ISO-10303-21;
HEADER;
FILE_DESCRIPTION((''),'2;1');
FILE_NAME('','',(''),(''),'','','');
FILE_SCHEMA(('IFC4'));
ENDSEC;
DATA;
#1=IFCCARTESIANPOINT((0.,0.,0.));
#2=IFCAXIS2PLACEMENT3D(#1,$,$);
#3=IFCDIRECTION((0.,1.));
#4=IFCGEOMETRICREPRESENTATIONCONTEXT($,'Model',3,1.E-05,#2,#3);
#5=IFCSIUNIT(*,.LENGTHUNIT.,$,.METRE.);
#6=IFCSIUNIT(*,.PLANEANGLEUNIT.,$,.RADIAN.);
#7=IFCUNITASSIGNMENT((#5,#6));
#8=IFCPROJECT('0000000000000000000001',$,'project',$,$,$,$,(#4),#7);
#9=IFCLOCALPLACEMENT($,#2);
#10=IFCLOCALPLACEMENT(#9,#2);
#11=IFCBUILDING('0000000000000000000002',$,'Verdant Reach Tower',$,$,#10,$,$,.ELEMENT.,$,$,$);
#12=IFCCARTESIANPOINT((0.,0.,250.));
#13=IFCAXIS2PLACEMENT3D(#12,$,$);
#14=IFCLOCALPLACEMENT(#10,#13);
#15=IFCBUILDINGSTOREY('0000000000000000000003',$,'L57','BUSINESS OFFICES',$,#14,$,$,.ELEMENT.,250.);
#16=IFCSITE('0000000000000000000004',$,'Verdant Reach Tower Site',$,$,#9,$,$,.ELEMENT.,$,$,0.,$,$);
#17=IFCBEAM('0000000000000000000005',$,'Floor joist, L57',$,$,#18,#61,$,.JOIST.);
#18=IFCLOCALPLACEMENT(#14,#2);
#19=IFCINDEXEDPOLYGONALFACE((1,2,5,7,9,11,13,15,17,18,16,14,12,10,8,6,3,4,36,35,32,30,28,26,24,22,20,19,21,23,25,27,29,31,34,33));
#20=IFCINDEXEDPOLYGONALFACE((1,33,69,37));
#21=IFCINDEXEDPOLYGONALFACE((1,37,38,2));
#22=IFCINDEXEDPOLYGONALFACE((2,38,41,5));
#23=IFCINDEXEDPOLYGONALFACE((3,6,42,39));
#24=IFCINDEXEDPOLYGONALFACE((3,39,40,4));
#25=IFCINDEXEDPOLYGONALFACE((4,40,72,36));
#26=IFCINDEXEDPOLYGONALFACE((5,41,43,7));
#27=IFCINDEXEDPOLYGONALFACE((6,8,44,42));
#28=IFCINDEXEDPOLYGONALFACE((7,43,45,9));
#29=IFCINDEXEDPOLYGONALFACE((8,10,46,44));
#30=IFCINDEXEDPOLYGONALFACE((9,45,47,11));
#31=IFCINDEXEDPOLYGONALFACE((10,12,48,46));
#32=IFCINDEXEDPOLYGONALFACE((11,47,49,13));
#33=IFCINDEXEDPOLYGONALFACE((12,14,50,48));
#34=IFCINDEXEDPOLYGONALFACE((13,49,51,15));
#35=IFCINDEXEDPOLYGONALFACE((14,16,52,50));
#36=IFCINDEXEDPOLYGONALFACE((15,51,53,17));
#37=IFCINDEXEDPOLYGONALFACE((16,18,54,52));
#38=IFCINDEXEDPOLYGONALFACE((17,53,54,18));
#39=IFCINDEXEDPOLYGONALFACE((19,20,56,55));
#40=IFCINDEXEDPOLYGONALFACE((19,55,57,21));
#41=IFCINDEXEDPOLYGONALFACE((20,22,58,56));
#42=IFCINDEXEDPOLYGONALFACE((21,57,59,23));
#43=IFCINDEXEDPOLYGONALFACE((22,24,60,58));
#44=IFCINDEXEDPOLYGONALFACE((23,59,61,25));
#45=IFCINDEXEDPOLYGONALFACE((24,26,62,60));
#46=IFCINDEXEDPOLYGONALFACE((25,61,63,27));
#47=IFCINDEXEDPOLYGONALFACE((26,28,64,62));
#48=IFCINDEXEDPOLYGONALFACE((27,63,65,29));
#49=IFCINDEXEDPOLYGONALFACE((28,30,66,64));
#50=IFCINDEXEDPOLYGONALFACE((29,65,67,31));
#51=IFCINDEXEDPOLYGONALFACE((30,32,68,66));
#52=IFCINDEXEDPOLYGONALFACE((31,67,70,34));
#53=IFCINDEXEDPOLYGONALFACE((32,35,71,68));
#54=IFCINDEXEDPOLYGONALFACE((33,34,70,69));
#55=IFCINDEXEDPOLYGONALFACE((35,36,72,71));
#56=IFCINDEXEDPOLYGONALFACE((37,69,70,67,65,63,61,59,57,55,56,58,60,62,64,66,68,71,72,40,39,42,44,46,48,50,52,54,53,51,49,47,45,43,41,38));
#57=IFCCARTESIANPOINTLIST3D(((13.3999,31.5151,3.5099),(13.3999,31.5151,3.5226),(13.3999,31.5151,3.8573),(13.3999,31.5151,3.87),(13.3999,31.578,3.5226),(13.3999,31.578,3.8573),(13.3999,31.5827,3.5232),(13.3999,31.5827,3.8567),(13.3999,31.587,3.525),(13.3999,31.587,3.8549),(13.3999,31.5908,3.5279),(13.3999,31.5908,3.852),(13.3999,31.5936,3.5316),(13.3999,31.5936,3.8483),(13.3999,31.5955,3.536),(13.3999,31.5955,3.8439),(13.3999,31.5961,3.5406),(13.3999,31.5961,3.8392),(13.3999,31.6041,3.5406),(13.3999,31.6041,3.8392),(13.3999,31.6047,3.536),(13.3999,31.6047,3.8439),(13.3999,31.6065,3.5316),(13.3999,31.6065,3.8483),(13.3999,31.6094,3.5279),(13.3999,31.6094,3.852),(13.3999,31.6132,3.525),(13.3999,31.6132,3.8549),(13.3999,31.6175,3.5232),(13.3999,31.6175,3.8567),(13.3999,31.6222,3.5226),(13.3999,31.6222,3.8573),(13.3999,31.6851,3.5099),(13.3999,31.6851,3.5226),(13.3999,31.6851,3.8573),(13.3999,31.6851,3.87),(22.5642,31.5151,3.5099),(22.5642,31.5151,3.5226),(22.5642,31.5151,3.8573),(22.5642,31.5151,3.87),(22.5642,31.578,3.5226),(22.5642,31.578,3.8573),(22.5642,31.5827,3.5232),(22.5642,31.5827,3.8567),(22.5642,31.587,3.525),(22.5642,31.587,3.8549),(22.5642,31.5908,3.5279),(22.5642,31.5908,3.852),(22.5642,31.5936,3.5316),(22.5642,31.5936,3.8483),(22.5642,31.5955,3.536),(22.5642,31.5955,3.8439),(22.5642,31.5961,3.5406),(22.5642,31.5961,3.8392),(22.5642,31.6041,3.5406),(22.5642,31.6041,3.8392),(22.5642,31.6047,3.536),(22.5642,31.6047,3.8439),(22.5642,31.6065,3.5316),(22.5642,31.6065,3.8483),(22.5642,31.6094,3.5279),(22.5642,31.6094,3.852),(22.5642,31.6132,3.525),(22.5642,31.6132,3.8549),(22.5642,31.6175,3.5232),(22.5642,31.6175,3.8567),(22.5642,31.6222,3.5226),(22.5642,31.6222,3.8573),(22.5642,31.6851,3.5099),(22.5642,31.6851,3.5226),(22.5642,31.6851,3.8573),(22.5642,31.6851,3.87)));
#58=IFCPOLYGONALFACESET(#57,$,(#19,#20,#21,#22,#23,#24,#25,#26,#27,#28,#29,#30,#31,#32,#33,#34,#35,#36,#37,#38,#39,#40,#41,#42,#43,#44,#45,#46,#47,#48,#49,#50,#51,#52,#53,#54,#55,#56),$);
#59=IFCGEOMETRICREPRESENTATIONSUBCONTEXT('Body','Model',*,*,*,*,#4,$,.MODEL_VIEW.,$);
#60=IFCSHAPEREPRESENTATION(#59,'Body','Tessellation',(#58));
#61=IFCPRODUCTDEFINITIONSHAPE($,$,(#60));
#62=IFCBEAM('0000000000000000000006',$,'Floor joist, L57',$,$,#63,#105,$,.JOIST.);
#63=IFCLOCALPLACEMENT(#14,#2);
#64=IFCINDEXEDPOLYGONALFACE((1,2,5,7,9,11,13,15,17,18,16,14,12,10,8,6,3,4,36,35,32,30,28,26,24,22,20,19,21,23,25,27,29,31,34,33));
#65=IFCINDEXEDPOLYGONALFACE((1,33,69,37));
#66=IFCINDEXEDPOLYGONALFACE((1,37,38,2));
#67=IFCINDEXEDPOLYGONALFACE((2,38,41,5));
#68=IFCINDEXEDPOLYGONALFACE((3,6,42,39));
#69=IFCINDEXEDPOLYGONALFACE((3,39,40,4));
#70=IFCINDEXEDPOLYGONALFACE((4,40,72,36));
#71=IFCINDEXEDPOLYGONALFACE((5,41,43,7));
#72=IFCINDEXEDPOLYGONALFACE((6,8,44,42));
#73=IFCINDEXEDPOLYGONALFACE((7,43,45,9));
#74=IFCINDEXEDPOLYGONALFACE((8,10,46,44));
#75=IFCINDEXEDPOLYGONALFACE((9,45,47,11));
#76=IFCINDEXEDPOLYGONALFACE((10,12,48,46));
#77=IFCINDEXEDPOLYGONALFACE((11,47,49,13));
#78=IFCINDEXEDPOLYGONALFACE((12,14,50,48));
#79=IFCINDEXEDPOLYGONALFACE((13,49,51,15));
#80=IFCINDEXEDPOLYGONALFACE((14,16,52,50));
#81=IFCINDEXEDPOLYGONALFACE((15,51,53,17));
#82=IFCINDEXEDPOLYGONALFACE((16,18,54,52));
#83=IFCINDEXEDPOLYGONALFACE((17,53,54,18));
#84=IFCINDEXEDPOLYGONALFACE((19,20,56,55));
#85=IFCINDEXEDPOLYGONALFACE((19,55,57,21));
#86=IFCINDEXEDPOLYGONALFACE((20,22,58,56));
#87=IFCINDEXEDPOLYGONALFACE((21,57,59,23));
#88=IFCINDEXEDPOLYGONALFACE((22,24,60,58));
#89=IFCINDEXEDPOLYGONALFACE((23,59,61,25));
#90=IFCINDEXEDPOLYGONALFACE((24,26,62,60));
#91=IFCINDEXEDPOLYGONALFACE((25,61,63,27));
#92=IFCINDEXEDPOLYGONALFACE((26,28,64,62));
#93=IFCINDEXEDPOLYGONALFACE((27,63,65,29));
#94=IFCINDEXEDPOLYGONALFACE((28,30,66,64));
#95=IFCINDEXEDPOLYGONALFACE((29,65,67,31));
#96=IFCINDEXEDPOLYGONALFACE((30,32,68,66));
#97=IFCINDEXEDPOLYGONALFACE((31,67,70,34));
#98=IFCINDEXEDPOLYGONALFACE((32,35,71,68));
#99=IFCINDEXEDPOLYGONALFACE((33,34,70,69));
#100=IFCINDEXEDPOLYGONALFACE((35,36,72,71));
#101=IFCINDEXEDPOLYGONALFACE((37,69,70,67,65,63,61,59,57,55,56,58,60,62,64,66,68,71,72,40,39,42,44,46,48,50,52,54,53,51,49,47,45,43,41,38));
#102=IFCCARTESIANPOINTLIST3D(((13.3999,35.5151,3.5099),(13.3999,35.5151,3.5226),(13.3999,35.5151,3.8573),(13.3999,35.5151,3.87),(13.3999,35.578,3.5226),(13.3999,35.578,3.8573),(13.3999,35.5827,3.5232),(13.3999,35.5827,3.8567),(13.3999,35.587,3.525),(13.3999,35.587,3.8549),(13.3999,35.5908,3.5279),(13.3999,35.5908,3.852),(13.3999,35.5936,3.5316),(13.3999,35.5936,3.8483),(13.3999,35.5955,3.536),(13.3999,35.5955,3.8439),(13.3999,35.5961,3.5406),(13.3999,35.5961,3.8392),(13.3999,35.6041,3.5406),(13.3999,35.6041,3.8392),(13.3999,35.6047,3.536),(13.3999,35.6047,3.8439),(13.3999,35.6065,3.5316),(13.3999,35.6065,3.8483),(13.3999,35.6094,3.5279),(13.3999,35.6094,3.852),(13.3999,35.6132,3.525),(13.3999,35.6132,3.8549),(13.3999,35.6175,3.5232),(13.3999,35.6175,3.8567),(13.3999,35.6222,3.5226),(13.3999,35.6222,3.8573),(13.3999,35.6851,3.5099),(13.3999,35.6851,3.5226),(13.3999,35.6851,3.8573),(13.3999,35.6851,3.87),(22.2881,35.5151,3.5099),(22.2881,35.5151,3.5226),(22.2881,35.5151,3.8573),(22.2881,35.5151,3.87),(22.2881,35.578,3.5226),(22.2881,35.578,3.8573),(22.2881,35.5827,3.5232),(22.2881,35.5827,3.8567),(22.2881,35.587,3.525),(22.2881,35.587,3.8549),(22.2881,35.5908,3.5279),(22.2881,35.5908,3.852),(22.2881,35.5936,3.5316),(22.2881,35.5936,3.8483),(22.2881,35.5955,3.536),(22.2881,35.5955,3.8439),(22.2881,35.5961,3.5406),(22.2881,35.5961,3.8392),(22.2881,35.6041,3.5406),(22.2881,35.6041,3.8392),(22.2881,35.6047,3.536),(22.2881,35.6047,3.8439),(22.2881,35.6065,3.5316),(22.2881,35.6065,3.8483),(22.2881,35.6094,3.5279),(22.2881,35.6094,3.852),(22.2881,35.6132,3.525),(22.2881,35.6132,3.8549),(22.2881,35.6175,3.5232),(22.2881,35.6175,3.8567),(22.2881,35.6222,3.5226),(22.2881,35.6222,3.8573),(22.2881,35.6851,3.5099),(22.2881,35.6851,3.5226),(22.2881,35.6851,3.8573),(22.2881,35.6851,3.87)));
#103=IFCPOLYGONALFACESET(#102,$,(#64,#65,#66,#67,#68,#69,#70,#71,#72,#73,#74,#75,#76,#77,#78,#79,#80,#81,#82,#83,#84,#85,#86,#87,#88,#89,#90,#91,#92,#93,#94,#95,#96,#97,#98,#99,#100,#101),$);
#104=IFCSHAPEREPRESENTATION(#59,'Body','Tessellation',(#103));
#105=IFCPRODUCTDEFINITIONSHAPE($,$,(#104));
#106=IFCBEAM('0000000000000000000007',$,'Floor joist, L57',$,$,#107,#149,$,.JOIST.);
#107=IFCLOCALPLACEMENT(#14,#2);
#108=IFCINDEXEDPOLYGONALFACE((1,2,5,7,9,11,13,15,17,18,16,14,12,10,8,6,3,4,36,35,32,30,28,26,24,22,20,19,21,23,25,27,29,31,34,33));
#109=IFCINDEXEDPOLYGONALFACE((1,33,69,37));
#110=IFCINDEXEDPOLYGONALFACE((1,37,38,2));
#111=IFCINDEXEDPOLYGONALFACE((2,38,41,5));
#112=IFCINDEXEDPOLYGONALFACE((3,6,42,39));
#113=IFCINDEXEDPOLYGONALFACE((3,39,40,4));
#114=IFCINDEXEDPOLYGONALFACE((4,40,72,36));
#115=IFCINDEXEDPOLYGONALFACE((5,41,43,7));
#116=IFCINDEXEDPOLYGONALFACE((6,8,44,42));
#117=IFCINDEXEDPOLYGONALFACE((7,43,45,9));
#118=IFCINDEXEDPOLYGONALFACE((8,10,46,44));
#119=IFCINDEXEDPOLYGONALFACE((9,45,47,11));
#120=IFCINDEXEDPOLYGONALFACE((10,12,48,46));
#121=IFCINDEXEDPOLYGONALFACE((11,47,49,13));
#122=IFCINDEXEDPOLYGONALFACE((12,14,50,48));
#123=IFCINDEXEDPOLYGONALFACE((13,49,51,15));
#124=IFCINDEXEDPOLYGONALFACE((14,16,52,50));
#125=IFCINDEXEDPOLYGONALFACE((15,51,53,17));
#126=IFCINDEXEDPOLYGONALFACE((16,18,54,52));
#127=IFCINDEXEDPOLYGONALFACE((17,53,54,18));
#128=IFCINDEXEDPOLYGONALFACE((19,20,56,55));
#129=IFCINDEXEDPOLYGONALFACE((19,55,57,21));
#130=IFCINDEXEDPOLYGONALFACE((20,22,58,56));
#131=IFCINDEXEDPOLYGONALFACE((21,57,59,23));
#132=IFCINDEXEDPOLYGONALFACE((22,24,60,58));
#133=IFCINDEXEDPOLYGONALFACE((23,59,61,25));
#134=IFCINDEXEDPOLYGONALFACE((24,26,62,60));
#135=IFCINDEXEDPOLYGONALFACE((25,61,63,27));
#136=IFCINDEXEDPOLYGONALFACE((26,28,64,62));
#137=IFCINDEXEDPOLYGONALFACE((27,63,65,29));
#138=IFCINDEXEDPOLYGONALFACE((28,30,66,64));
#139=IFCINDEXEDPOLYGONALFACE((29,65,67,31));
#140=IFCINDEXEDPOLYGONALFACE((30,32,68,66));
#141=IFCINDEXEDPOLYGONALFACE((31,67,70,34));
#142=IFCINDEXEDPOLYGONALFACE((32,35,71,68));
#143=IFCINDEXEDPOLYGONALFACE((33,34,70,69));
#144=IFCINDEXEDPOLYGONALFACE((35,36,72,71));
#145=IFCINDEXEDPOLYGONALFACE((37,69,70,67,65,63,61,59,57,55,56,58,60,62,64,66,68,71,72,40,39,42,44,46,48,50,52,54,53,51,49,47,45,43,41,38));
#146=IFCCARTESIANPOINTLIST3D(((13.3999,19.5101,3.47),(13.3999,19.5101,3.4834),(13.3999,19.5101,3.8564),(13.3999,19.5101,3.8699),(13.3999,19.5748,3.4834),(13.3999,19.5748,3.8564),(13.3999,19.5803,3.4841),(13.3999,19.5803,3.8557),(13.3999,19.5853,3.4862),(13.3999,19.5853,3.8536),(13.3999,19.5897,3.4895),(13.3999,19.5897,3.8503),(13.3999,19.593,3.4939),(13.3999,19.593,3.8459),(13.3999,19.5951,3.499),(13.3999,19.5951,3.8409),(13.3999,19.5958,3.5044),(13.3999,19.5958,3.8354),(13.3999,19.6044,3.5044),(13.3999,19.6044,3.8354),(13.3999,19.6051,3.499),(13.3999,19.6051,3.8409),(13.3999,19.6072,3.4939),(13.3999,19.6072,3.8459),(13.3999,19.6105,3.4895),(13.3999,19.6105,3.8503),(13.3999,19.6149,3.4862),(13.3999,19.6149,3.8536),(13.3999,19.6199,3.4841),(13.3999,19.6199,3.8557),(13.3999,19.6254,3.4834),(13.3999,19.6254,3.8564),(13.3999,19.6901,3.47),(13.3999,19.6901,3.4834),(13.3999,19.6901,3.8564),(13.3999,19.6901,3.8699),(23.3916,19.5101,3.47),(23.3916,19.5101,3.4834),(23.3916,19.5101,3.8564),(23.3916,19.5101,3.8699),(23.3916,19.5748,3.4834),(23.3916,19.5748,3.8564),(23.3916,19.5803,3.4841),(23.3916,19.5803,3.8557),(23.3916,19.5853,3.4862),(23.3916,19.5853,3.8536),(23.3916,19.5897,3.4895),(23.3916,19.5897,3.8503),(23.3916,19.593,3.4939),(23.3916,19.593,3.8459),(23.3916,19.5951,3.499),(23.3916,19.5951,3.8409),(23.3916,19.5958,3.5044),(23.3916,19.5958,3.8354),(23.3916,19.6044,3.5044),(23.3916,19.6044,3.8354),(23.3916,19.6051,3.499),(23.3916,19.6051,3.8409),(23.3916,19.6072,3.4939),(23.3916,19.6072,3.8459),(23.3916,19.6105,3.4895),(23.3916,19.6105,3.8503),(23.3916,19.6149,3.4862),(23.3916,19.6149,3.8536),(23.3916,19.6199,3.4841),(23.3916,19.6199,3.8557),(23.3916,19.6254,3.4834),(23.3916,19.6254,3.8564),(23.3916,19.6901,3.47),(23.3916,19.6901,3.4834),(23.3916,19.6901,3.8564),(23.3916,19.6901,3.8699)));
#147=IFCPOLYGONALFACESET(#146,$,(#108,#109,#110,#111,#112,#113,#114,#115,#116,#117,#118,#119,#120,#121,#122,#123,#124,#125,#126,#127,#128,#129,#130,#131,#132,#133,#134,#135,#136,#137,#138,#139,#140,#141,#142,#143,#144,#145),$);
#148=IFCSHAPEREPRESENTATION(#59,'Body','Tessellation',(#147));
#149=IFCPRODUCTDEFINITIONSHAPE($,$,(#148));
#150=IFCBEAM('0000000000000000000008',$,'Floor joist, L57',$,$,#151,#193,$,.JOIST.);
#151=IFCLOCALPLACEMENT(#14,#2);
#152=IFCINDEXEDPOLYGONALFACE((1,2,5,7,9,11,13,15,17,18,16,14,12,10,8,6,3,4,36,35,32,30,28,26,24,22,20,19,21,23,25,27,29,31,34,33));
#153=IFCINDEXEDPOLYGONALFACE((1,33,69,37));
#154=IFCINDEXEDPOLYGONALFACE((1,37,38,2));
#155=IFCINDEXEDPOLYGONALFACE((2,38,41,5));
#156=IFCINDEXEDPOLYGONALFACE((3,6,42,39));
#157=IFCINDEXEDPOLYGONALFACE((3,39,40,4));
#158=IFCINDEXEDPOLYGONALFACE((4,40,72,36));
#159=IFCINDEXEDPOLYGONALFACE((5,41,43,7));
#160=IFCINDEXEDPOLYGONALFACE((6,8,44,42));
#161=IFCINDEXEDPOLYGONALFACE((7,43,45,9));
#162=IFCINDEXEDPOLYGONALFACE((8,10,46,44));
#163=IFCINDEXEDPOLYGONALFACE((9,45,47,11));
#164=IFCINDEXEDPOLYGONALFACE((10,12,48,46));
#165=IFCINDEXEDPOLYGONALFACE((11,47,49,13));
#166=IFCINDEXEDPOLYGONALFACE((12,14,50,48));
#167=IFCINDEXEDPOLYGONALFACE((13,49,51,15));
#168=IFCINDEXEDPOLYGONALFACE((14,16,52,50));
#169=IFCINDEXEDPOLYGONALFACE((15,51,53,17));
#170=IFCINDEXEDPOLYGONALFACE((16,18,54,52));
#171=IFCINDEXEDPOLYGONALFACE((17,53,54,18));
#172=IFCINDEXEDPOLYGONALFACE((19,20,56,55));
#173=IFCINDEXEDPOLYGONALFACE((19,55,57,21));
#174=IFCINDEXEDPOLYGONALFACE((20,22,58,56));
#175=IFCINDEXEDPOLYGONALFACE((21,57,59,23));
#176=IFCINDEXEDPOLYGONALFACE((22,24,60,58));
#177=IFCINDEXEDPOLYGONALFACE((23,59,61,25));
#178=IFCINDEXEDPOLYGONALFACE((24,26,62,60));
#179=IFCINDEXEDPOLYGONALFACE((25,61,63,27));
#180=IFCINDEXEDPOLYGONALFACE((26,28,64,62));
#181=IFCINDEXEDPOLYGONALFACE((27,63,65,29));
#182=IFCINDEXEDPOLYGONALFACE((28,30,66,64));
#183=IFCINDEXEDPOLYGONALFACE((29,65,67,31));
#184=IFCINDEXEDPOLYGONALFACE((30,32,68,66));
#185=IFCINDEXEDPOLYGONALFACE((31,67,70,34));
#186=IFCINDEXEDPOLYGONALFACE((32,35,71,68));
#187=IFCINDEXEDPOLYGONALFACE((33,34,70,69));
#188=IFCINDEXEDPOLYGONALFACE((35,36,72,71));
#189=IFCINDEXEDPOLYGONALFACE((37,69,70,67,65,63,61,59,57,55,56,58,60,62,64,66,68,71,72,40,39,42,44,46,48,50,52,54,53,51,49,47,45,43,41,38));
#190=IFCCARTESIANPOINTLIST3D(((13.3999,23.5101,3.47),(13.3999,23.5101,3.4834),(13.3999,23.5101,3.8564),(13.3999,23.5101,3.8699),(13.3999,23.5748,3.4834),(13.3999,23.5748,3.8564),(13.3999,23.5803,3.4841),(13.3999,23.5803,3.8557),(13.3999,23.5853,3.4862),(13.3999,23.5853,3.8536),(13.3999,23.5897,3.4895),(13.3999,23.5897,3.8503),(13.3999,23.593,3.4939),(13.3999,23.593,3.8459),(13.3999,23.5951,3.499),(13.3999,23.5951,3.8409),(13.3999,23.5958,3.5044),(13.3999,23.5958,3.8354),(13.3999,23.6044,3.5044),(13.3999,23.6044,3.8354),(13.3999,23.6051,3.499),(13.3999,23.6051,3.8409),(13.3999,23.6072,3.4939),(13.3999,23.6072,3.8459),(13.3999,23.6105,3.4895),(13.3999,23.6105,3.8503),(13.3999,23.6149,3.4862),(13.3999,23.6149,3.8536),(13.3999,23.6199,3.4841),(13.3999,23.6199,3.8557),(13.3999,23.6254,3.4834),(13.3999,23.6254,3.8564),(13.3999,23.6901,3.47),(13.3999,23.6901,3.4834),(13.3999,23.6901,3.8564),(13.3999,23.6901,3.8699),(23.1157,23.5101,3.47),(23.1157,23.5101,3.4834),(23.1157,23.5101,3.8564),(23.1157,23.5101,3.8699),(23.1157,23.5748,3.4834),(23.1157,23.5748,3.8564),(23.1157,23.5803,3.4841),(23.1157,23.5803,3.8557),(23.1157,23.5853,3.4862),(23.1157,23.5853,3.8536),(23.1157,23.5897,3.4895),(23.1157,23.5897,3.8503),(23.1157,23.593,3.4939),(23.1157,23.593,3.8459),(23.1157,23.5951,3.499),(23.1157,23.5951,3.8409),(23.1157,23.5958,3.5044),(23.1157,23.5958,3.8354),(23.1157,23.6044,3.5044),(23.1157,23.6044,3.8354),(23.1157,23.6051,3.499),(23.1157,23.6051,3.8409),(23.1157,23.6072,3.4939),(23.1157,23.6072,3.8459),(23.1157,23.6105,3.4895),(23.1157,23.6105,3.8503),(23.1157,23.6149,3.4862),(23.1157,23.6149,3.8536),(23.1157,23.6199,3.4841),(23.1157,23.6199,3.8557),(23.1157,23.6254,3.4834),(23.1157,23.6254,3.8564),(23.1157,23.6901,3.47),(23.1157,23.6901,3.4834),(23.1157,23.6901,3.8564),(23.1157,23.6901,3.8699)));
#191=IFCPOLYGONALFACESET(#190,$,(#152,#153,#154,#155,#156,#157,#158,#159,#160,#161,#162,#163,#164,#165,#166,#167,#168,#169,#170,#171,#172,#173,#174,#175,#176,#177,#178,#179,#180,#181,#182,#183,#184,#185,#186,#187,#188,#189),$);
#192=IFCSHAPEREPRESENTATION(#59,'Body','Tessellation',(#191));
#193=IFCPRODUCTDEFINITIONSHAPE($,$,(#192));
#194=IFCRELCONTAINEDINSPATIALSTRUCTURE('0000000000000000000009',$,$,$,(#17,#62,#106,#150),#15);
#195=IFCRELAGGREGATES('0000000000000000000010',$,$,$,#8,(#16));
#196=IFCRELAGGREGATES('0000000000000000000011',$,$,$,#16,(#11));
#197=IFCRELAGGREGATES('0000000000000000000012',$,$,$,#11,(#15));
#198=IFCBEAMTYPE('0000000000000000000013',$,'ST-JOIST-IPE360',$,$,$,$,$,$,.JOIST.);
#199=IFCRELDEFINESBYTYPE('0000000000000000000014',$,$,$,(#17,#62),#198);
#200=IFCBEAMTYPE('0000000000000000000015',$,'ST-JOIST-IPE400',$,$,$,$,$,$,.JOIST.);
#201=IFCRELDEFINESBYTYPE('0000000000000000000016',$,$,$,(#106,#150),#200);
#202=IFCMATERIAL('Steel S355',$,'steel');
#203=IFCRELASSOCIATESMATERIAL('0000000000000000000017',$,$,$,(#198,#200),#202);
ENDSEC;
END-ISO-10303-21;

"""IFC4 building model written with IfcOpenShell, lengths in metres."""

from ifc_helpers import new_model, si_unit, direction, frame, origin, origin_2d, place, context, subcontext, project, spatial, i_section, extrude, material, material_profile, profile_set, type_object, element, save


model = new_model("IFC4")

# Units and contexts
model_context = context("Model", 3, precision=1e-05, world=origin(), true_north=direction((0.0, 1.0)))
body_context = subcontext(model_context, "Body", "Model", "MODEL_VIEW")
ifc_project = project(units=[si_unit("LENGTHUNIT", "METRE"), si_unit("PLANEANGLEUNIT", "RADIAN")], contexts=[model_context])

# Site, building, storey
site_placement = place(None, origin())
site = spatial("IfcSite", under=ifc_project, at=site_placement, Name="Verdant Reach Tower Site", CompositionType="ELEMENT", RefElevation=0.0)
building_placement = place(site_placement, origin())
building = spatial("IfcBuilding", under=site, at=building_placement, Name="Verdant Reach Tower", CompositionType="ELEMENT")
storey_placement = place(building_placement, frame((0.0, 0.0, 250.0)))
storey = spatial("IfcBuildingStorey", under=building, at=storey_placement, Name="L57", Description="BUSINESS OFFICES", CompositionType="ELEMENT", Elevation=250.0)

# Beams
ifc_material_1 = material(Name="Steel S355", Category="steel")
ifc_material_profile_1 = material_profile(ifc_material_1, i_section(OverallWidth=0.1699, OverallDepth=0.3601, WebThickness=0.0081, FlangeThickness=0.0127, FilletRadius=0.0181, at=origin_2d()), Name="IPE 360")
ifc_profile_set_1 = profile_set([ifc_material_profile_1], Name="Steel S355")
beam_type_1 = type_object("IfcBeamType", Name="ST-JOIST-IPE360", PredefinedType="JOIST", material=ifc_profile_set_1)
beam_1_placement = place(storey_placement, frame((13.3999, 31.6001, 3.6899), z_axis=(1.0, 0.0, 0.0), x_axis=(0.0, 1.0, 0.0)))
element("IfcBeam", 1, at=beam_1_placement, inside=storey, type_object=beam_type_1, Name="Floor joist, L57", PredefinedType="JOIST", context=body_context, shape_type="SweptSolid", body=[
    extrude(i_section(OverallWidth=0.1699, OverallDepth=0.3601, WebThickness=0.0081, FlangeThickness=0.0127, FilletRadius=0.0181, at=origin_2d()), origin(), (0.0, 0.0, 1.0), 9.1643),
])
beam_2_placement = place(storey_placement, frame((13.3999, 35.6001, 3.6899), z_axis=(1.0, 0.0, 0.0), x_axis=(0.0, 1.0, 0.0)))
element("IfcBeam", 2, at=beam_2_placement, inside=storey, type_object=beam_type_1, Name="Floor joist, L57", PredefinedType="JOIST", context=body_context, shape_type="SweptSolid", body=[
    extrude(i_section(OverallWidth=0.1699, OverallDepth=0.3601, WebThickness=0.0081, FlangeThickness=0.0127, FilletRadius=0.0181, at=origin_2d()), origin(), (0.0, 0.0, 1.0), 8.8882),
])
ifc_material_profile_2 = material_profile(ifc_material_1, i_section(OverallWidth=0.1799, OverallDepth=0.3999, WebThickness=0.0085, FlangeThickness=0.0134, FilletRadius=0.021, at=origin_2d()), Name="IPE 400")
ifc_profile_set_2 = profile_set([ifc_material_profile_2], Name="Steel S355")
beam_type_2 = type_object("IfcBeamType", Name="ST-JOIST-IPE400", PredefinedType="JOIST", material=ifc_profile_set_2)
beam_3_placement = place(storey_placement, frame((13.3999, 19.6001, 3.6699), z_axis=(1.0, 0.0, 0.0), x_axis=(0.0, 1.0, 0.0)))
element("IfcBeam", 3, at=beam_3_placement, inside=storey, type_object=beam_type_2, Name="Floor joist, L57", PredefinedType="JOIST", context=body_context, shape_type="SweptSolid", body=[
    extrude(i_section(OverallWidth=0.1799, OverallDepth=0.3999, WebThickness=0.0085, FlangeThickness=0.0134, FilletRadius=0.021, at=origin_2d()), origin(), (0.0, 0.0, 1.0), 9.9917),
])
beam_4_placement = place(storey_placement, frame((13.3999, 23.6001, 3.6699), z_axis=(1.0, 0.0, 0.0), x_axis=(0.0, 1.0, 0.0)))
element("IfcBeam", 4, at=beam_4_placement, inside=storey, type_object=beam_type_2, Name="Floor joist, L57", PredefinedType="JOIST", context=body_context, shape_type="SweptSolid", body=[
    extrude(i_section(OverallWidth=0.1799, OverallDepth=0.3999, WebThickness=0.0085, FlangeThickness=0.0134, FilletRadius=0.021, at=origin_2d()), origin(), (0.0, 0.0, 1.0), 9.7158),
])

save(model, "model.ifc")
